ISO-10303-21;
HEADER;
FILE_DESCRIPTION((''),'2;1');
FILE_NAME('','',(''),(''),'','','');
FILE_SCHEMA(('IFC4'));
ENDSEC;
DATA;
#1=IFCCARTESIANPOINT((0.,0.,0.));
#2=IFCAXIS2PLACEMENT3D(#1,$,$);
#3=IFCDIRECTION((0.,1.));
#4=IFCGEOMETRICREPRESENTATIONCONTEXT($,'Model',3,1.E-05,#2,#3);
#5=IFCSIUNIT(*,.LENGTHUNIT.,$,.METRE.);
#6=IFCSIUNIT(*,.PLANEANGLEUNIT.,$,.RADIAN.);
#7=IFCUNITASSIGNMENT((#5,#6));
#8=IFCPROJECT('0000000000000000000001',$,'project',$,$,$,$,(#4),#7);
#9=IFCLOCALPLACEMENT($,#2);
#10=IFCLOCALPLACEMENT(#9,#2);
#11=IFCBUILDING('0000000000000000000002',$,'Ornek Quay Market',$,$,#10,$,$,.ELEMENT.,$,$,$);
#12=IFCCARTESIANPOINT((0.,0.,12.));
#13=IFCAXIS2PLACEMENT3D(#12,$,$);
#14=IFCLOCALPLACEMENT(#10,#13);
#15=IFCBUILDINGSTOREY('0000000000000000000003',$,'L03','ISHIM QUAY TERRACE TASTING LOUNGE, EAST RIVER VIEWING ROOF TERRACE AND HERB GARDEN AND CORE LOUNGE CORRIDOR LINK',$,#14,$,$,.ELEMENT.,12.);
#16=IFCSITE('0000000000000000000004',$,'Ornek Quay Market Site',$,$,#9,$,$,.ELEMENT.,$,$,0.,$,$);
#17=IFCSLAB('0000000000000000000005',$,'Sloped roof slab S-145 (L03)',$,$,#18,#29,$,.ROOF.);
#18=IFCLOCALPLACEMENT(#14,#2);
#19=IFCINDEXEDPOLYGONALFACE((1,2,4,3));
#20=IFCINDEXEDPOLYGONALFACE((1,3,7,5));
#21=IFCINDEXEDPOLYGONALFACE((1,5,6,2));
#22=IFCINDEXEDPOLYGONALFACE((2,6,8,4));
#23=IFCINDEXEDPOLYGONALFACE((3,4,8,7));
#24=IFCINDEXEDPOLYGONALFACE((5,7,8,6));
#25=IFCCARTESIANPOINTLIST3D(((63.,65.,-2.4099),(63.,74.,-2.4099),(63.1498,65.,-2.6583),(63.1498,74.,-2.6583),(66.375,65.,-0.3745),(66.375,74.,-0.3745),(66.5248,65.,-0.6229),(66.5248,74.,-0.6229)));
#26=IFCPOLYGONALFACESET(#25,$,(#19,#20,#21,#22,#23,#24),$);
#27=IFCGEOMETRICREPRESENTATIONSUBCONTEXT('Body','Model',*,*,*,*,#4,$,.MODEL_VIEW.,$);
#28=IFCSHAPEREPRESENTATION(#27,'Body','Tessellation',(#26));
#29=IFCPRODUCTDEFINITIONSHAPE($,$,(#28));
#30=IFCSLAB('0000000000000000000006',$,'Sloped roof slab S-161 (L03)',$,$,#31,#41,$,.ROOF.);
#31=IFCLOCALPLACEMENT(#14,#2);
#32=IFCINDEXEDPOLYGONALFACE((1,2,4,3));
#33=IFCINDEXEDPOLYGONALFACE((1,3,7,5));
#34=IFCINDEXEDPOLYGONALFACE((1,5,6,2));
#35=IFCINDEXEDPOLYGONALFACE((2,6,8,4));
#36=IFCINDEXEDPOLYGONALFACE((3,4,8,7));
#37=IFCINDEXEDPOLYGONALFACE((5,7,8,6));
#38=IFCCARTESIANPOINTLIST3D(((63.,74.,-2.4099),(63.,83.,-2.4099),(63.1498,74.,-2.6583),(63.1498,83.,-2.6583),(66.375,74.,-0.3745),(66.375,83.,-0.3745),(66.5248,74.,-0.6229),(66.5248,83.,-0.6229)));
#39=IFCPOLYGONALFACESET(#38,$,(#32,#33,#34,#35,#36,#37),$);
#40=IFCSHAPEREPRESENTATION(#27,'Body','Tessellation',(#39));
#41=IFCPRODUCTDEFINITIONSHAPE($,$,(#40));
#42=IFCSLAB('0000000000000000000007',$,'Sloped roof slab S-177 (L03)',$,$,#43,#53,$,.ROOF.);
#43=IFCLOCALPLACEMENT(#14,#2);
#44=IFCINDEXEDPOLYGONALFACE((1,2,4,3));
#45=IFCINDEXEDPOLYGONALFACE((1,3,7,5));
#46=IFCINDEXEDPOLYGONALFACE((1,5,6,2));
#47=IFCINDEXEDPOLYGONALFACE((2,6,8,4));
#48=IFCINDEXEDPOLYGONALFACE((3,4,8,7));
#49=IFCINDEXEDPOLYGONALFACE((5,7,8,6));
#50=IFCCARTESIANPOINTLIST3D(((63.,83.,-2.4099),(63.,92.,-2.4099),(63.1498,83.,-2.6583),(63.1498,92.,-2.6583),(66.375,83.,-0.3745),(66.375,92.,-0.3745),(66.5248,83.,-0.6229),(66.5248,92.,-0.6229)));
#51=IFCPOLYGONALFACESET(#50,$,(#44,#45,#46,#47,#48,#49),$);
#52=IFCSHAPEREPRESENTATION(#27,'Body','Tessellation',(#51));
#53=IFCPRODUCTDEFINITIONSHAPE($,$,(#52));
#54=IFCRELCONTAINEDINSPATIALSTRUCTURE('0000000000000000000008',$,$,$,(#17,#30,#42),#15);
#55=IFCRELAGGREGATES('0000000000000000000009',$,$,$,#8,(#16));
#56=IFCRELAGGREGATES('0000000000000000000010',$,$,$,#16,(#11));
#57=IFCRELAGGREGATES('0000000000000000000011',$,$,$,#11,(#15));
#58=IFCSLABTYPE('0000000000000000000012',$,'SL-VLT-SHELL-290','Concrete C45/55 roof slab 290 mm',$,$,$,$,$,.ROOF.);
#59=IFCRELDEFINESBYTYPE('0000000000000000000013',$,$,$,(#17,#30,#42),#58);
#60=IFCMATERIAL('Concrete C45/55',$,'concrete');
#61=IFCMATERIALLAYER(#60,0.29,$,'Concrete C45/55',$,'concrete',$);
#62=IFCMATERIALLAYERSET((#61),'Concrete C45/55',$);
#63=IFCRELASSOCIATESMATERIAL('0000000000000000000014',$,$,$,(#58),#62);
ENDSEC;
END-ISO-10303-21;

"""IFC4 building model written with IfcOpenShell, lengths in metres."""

from ifc_helpers import new_model, si_unit, direction, frame, origin, place, context, subcontext, project, spatial, polyline, outline, extrude, material, layer, layer_set, type_object, element, save


model = new_model("IFC4")

# Units and contexts
model_context = context("Model", 3, precision=1e-05, world=origin(), true_north=direction((0.0, 1.0)))
body_context = subcontext(model_context, "Body", "Model", "MODEL_VIEW")
ifc_project = project(units=[si_unit("LENGTHUNIT", "METRE"), si_unit("PLANEANGLEUNIT", "RADIAN")], contexts=[model_context])

# Site, building, storey
site_placement = place(None, origin())
site = spatial("IfcSite", under=ifc_project, at=site_placement, Name="Ornek Quay Market Site", CompositionType="ELEMENT", RefElevation=0.0)
building_placement = place(site_placement, origin())
building = spatial("IfcBuilding", under=site, at=building_placement, Name="Ornek Quay Market", CompositionType="ELEMENT")
storey_placement = place(building_placement, frame((0.0, 0.0, 12.0)))
storey = spatial("IfcBuildingStorey", under=building, at=storey_placement, Name="L03", Description="ISHIM QUAY TERRACE TASTING LOUNGE, EAST RIVER VIEWING ROOF TERRACE AND HERB GARDEN AND CORE LOUNGE CORRIDOR LINK", CompositionType="ELEMENT", Elevation=12.0)

# Shared definitions
ifc_material_1 = material(Name="Concrete C45/55", Category="concrete")

# Slabs
ifc_layer_1 = layer(ifc_material_1, 0.29, Name="Concrete C45/55", Category="concrete")
ifc_layer_set_1 = layer_set([ifc_layer_1], Name="Concrete C45/55")
slab_type = type_object("IfcSlabType", Name="SL-VLT-SHELL-290", Description="Concrete C45/55 roof slab 290 mm", PredefinedType="ROOF", material=ifc_layer_set_1)
for number, where, z_axis, x_axis, name in (
    (1, (63.0, 65.0, -2.4099), (-0.516435, 0.0, 0.856327), (0.856327, 0.0, 0.516435), "Sloped roof slab S-145 (L03)"),
    (2, (63.0, 74.0, -2.4099), (-0.516435, 0.0, 0.856327), (0.856327, 0.0, 0.516435), "Sloped roof slab S-161 (L03)"),
    (3, (63.0, 83.0, -2.4099), (-0.516435, 0.0, 0.856327), (0.856327, 0.0, 0.516435), "Sloped roof slab S-177 (L03)"),
):
    element("IfcSlab", number, at=place(storey_placement, frame(where, z_axis=z_axis, x_axis=x_axis)), inside=storey, type_object=slab_type, Name=name, PredefinedType="ROOF", context=body_context, shape_type="SweptSolid", body=[
        extrude(outline(polyline([(0.0, 0.0), (3.9413, 0.0), (3.9413, 9.0), (0.0, 9.0), (0.0, 0.0)])), origin(), (0.0, 0.0, -1.0), 0.29),
    ])

save(model, "model.ifc")
